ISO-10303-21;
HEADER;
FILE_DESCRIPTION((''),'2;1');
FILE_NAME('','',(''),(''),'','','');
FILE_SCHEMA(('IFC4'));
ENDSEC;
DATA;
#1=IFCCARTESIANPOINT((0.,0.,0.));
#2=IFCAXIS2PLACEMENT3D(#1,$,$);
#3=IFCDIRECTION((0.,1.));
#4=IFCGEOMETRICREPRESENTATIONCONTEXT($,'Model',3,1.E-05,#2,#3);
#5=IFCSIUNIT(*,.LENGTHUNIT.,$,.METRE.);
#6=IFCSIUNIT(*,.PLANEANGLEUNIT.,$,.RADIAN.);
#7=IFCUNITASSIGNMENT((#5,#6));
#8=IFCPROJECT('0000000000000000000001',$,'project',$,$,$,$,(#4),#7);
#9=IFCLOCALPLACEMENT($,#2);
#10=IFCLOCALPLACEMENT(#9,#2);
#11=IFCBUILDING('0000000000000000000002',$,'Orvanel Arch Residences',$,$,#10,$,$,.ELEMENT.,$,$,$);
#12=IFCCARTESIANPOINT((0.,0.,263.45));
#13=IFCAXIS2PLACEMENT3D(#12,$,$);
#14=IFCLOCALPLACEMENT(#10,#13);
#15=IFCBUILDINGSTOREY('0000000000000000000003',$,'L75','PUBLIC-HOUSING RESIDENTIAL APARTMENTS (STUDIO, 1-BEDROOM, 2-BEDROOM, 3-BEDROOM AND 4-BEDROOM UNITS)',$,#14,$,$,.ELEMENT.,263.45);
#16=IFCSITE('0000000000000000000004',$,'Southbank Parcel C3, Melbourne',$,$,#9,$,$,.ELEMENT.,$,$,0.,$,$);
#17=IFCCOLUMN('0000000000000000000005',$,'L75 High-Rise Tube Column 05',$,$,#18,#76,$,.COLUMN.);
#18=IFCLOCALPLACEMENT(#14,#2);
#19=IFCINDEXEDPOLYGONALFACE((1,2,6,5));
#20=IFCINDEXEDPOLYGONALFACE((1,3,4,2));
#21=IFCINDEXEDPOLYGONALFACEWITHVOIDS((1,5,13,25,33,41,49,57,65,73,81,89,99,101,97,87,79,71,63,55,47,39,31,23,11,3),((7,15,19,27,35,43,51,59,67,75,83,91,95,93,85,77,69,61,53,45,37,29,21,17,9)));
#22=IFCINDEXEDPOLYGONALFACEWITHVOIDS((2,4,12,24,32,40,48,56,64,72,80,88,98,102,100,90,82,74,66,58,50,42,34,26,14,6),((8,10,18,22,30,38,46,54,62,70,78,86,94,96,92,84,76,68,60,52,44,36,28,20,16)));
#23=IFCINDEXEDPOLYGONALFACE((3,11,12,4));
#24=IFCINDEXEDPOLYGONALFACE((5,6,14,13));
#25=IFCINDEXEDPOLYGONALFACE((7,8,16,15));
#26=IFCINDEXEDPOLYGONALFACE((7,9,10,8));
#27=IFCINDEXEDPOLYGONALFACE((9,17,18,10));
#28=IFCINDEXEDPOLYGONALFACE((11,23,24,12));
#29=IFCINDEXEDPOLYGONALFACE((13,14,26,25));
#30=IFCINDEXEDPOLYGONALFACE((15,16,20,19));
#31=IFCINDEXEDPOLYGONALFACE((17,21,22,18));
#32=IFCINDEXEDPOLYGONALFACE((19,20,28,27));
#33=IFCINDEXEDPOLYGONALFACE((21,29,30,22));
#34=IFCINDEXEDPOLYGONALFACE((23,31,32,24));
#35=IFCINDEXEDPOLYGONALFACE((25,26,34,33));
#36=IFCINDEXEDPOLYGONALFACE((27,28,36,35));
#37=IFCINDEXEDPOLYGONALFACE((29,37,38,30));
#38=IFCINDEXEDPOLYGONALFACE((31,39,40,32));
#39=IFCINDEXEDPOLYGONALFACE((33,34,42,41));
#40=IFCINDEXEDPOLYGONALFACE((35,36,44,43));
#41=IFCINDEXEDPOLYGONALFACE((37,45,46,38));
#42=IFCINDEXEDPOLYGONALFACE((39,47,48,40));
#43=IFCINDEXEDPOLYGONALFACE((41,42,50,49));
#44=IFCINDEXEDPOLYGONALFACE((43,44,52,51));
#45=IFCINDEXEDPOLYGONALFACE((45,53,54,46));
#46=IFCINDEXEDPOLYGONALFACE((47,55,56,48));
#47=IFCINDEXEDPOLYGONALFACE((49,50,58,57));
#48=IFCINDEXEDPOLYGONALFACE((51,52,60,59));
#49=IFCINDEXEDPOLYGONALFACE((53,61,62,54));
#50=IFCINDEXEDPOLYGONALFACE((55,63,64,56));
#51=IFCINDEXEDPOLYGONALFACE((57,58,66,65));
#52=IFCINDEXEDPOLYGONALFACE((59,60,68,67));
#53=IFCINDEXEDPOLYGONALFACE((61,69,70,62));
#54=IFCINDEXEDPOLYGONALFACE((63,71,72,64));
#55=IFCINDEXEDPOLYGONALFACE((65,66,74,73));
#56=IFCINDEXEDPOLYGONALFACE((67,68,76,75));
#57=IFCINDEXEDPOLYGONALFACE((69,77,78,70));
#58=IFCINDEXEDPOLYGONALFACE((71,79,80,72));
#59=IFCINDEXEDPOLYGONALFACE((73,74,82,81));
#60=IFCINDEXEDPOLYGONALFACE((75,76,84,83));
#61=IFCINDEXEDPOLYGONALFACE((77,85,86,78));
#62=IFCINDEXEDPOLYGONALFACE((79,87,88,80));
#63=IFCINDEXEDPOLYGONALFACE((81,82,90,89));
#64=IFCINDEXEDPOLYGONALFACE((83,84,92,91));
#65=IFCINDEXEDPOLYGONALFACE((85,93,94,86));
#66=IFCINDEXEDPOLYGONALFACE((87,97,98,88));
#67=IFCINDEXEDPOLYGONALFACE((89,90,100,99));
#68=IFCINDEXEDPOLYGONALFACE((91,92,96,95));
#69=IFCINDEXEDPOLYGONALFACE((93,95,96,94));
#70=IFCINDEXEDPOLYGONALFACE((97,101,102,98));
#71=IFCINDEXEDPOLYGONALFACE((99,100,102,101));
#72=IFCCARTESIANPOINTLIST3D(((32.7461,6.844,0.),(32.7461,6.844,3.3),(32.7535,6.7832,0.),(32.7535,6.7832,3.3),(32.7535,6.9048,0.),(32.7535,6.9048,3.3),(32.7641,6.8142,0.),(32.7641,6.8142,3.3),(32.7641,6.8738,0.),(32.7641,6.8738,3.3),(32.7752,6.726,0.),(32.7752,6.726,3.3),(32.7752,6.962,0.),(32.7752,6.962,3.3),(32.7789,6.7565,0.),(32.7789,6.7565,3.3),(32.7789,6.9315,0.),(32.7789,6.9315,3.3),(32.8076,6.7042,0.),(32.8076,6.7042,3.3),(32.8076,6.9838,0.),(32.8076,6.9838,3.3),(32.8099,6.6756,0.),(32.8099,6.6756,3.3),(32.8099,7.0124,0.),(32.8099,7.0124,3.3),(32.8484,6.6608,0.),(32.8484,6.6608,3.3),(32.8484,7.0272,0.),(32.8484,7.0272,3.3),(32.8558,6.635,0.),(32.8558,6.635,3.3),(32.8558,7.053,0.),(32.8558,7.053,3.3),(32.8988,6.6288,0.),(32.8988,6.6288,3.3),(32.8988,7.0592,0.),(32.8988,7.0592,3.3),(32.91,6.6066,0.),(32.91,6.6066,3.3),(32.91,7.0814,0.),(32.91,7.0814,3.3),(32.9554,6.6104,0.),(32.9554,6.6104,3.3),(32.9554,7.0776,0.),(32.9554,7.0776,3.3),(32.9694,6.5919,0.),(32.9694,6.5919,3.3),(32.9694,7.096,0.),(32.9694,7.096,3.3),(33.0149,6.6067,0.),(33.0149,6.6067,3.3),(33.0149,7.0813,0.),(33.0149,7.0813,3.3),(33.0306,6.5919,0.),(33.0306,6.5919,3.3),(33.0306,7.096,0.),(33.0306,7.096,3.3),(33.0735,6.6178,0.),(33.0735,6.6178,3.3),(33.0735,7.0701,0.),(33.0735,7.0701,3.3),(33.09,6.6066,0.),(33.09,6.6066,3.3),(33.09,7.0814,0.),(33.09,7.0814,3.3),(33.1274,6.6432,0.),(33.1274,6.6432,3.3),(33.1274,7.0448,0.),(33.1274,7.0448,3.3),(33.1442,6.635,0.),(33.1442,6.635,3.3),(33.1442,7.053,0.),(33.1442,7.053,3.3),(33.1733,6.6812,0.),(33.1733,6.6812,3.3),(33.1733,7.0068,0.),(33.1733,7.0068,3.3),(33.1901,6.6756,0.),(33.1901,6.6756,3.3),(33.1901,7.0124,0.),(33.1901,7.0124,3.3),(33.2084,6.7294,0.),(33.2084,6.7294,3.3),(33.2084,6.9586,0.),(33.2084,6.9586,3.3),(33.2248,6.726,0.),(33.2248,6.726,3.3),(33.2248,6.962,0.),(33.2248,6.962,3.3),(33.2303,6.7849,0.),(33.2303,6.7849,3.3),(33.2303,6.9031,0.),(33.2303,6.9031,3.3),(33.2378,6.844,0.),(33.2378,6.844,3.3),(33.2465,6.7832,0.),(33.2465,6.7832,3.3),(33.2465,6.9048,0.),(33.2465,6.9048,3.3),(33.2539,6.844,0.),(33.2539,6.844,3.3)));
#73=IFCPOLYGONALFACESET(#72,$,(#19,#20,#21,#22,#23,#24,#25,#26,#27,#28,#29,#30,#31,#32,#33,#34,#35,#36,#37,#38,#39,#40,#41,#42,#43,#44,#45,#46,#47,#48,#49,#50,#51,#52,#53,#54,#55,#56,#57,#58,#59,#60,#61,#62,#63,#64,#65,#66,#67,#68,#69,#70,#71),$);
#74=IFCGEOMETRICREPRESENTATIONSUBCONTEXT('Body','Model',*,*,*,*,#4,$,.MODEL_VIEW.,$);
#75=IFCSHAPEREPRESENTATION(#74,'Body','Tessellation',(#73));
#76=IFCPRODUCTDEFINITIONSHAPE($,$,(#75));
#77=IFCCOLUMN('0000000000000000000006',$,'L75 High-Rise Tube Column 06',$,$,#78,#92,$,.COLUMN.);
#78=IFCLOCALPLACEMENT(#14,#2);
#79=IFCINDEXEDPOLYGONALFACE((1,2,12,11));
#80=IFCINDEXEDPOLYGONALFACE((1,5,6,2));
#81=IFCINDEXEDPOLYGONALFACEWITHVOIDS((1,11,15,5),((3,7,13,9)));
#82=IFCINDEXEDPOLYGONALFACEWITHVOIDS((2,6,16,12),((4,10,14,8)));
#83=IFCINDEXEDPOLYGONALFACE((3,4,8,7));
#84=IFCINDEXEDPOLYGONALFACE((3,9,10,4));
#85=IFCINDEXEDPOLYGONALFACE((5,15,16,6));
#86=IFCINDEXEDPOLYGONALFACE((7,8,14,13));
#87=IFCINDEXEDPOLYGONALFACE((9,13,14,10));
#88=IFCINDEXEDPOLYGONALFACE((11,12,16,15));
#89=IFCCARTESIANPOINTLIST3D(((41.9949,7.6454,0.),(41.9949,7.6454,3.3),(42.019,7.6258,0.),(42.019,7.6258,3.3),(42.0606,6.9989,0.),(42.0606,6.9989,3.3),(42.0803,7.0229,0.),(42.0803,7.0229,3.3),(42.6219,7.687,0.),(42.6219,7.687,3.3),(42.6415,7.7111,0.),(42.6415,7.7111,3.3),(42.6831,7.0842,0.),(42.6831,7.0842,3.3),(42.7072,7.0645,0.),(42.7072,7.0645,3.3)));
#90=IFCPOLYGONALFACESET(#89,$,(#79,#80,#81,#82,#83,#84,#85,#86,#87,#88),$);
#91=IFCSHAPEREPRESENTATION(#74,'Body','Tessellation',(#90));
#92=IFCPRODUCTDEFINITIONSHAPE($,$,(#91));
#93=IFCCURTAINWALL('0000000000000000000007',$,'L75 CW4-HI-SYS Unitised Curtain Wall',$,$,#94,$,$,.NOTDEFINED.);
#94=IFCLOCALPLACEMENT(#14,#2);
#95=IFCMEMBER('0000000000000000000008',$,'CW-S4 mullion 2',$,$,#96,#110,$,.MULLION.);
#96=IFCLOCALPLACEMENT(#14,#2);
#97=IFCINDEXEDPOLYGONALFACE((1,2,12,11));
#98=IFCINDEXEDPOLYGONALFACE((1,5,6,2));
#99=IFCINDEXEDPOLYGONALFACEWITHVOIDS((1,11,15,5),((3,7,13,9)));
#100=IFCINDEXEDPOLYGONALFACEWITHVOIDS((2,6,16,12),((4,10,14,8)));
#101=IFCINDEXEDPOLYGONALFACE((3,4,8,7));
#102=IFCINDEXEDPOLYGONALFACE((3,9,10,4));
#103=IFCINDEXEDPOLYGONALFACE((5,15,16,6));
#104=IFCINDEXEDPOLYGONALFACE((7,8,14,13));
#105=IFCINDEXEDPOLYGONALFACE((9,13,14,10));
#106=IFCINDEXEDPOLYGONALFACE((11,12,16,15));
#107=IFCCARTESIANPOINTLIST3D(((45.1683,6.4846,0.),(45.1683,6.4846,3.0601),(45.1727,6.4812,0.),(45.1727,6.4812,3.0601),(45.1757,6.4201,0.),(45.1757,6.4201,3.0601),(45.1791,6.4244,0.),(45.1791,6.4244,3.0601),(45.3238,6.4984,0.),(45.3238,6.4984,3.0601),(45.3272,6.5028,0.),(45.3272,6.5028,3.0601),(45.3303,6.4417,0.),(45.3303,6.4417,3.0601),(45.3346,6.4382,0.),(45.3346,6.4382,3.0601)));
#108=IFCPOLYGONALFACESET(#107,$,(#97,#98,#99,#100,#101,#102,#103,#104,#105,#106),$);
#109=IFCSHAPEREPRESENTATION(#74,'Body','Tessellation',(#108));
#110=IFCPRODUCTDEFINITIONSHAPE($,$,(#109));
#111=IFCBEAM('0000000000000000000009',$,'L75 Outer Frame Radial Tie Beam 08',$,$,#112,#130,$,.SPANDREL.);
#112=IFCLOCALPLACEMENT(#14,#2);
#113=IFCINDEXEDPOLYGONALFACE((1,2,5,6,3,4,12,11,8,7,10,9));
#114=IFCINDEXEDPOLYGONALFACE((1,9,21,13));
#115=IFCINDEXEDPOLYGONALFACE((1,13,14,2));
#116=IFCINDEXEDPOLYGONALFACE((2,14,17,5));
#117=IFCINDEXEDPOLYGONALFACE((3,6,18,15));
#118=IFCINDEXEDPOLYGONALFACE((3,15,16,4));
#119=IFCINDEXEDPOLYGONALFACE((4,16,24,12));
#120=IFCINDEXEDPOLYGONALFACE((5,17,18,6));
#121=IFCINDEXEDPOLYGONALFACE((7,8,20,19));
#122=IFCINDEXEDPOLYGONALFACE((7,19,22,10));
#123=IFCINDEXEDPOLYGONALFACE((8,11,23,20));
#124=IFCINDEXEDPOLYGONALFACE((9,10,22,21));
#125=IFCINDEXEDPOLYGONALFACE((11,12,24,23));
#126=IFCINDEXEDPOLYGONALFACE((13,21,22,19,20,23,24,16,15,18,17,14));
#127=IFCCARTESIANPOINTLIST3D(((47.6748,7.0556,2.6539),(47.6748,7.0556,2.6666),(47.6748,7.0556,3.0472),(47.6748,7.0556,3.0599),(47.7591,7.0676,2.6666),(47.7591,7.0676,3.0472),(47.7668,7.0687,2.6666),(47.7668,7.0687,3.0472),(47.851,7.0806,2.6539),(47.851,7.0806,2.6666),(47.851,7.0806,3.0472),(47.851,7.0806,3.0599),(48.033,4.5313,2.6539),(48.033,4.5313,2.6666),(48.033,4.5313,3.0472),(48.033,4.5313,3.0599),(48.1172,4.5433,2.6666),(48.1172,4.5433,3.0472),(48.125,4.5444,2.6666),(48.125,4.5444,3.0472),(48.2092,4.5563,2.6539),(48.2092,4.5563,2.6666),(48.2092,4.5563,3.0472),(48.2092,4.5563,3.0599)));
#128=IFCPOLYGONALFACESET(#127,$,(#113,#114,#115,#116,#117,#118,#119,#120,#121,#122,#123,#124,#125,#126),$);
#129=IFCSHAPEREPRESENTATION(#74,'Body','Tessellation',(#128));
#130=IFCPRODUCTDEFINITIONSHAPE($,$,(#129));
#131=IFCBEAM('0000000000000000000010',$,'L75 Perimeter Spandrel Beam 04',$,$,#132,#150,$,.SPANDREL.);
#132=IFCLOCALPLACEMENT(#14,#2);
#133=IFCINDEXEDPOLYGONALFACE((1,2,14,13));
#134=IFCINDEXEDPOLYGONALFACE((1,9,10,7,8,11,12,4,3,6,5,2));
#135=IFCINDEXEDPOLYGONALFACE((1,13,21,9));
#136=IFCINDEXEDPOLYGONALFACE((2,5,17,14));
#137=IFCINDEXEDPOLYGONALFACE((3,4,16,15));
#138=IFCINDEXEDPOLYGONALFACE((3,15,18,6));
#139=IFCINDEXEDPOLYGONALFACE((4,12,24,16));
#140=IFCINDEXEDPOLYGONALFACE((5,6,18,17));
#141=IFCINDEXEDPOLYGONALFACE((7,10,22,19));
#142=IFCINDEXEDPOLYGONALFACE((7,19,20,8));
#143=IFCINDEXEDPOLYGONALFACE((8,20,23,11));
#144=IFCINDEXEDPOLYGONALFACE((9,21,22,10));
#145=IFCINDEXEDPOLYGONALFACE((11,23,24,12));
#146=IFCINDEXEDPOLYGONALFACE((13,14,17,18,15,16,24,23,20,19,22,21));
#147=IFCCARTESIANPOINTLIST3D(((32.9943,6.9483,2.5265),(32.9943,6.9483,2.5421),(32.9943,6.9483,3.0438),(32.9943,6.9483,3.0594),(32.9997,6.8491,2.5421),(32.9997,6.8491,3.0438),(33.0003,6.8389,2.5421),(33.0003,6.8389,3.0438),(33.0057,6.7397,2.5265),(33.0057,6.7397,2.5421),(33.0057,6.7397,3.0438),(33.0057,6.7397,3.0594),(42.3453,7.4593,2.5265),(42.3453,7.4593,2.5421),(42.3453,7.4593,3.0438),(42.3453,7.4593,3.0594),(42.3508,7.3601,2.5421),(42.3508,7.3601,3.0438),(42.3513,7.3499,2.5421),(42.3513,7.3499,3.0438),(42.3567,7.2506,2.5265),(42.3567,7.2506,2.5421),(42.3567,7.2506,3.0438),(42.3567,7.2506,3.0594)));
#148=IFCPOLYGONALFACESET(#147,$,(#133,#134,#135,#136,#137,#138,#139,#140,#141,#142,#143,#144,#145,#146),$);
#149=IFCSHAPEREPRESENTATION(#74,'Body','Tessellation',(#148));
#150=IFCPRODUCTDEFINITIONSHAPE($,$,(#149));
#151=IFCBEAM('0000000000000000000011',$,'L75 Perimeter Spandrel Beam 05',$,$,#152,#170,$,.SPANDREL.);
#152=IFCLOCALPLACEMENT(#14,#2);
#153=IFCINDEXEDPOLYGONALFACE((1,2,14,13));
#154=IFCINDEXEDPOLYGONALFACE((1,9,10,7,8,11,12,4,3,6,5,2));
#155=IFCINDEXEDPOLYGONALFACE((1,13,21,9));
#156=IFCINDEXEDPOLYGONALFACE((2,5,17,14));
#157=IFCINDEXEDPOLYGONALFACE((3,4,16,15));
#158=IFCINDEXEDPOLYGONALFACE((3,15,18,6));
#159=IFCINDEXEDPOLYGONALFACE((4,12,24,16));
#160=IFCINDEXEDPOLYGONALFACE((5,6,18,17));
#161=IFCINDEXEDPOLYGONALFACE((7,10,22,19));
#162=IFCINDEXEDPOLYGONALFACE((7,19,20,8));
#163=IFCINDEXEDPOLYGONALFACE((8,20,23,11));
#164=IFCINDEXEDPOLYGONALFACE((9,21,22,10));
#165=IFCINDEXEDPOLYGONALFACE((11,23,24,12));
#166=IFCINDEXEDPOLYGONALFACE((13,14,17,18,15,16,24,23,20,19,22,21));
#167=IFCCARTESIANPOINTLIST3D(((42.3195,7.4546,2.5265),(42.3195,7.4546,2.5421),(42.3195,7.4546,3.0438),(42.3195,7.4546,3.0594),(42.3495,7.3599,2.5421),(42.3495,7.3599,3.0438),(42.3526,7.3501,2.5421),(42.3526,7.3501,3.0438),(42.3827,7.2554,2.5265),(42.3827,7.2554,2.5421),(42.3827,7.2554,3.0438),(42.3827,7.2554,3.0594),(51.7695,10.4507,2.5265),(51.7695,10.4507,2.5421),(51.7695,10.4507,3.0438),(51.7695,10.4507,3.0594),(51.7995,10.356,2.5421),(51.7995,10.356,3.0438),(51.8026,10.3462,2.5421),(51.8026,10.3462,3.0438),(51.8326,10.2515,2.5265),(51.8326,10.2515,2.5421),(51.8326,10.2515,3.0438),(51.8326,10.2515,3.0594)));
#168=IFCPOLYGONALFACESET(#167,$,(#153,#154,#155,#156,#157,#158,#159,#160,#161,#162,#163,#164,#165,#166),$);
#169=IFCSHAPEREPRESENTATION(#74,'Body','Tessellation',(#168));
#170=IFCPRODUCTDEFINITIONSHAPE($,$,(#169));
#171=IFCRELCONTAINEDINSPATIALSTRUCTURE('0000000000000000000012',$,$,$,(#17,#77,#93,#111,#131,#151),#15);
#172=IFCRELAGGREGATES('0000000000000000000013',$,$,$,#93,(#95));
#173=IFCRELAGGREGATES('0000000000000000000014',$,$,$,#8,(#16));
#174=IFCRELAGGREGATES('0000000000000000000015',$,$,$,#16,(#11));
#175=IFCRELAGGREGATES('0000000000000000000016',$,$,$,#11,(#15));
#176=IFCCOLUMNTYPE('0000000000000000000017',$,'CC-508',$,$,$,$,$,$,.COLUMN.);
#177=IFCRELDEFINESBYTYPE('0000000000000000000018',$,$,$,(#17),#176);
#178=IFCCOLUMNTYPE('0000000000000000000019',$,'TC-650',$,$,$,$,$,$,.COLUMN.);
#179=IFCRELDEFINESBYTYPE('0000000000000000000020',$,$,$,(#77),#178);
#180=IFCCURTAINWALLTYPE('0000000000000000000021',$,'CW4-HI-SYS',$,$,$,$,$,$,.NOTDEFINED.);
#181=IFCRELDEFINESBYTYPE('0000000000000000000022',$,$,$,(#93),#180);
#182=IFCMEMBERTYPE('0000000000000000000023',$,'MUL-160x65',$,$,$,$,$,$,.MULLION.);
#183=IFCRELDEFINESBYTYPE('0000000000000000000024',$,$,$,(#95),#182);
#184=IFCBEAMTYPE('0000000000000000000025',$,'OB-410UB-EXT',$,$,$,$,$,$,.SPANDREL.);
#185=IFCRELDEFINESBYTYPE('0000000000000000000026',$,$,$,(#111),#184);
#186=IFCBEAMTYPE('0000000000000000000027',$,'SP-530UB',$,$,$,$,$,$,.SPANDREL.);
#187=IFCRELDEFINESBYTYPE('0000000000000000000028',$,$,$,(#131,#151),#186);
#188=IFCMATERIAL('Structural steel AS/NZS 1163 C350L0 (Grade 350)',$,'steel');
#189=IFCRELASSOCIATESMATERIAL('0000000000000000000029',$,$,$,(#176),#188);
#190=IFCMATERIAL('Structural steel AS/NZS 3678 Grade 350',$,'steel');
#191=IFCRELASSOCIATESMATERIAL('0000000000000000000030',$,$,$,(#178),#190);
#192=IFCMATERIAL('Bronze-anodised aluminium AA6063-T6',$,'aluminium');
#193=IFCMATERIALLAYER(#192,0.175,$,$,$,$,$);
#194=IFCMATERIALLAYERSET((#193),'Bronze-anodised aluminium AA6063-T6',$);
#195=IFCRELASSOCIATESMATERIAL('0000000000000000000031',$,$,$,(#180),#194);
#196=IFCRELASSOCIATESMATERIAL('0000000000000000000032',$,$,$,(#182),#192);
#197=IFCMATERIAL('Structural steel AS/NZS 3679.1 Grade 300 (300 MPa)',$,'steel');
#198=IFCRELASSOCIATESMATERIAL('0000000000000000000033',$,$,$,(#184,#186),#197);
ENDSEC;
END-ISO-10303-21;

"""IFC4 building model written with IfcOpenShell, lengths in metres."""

from ifc_helpers import new_model, si_unit, direction, frame, origin, origin_2d, place, context, subcontext, project, spatial, hollow_rectangle, hollow_circle, i_section, extrude, material, layer, layer_set, material_profile, profile_set, type_object, element, aggregate, save


model = new_model("IFC4")

# Units and contexts
model_context = context("Model", 3, precision=1e-05, world=origin(), true_north=direction((0.0, 1.0)))
body_context = subcontext(model_context, "Body", "Model", "MODEL_VIEW")
ifc_project = project(units=[si_unit("LENGTHUNIT", "METRE"), si_unit("PLANEANGLEUNIT", "RADIAN")], contexts=[model_context])

# Site, building, storey
site_placement = place(None, origin())
site = spatial("IfcSite", under=ifc_project, at=site_placement, Name="Southbank Parcel C3, Melbourne", CompositionType="ELEMENT", RefElevation=0.0)
building_placement = place(site_placement, origin())
building = spatial("IfcBuilding", under=site, at=building_placement, Name="Orvanel Arch Residences", CompositionType="ELEMENT")
storey_placement = place(building_placement, frame((0.0, 0.0, 263.45)))
storey = spatial("IfcBuildingStorey", under=building, at=storey_placement, Name="L75", Description="PUBLIC-HOUSING RESIDENTIAL APARTMENTS (STUDIO, 1-BEDROOM, 2-BEDROOM, 3-BEDROOM AND 4-BEDROOM UNITS)", CompositionType="ELEMENT", Elevation=263.45)

# Columns
ifc_material_1 = material(Name="Structural steel AS/NZS 1163 C350L0 (Grade 350)", Category="steel")
ifc_material_profile_1 = material_profile(ifc_material_1, hollow_circle(Radius=0.2539, WallThickness=0.0161, at=origin_2d()), Name="CHS508x16")
ifc_profile_set_1 = profile_set([ifc_material_profile_1], Name="Structural steel AS/NZS 1163 C350L0 (Grade 350)")
column_type_1 = type_object("IfcColumnType", Name="CC-508", PredefinedType="COLUMN", material=ifc_profile_set_1)
column_1_placement = place(storey_placement, frame((33.0, 6.844, 0.0), z_axis=(0.0, 0.0, 1.0), x_axis=(1.0, 0.0, 0.0)))
element("IfcColumn", 1, at=column_1_placement, inside=storey, type_object=column_type_1, Name="L75 High-Rise Tube Column 05", PredefinedType="COLUMN", context=body_context, shape_type="SweptSolid", body=[
    extrude(hollow_circle(Radius=0.2539, WallThickness=0.0161, at=origin_2d()), origin(), (0.0, 0.0, 1.0), 3.3),
])
ifc_material_2 = material(Name="Structural steel AS/NZS 3678 Grade 350", Category="steel")
ifc_material_profile_2 = material_profile(ifc_material_2, hollow_rectangle(XDim=0.6499, YDim=0.6499, WallThickness=0.022, at=origin_2d()), Name="BOX650x650x22")
ifc_profile_set_2 = profile_set([ifc_material_profile_2], Name="Structural steel AS/NZS 3678 Grade 350")
column_type_2 = type_object("IfcColumnType", Name="TC-650", PredefinedType="COLUMN", material=ifc_profile_set_2)
column_2_placement = place(storey_placement, frame((42.3511, 7.355, 0.0), z_axis=(0.0, 0.0, 1.0), x_axis=(0.994881, 0.101056, 0.0)))
element("IfcColumn", 2, at=column_2_placement, inside=storey, type_object=column_type_2, Name="L75 High-Rise Tube Column 06", PredefinedType="COLUMN", context=body_context, shape_type="SweptSolid", body=[
    extrude(hollow_rectangle(XDim=0.6499, YDim=0.6499, WallThickness=0.022, at=origin_2d()), origin(), (0.0, 0.0, 1.0), 3.3),
])

# Curtain wall, member
ifc_material_3 = material(Name="Bronze-anodised aluminium AA6063-T6", Category="aluminium")
ifc_layer_1 = layer(ifc_material_3, 0.175)
ifc_layer_set_1 = layer_set([ifc_layer_1], Name="Bronze-anodised aluminium AA6063-T6")
curtain_wall_type = type_object("IfcCurtainWallType", Name="CW4-HI-SYS", PredefinedType="NOTDEFINED", material=ifc_layer_set_1)
curtain_wall_placement = place(storey_placement, origin())
curtain_wall = element("IfcCurtainWall", 3, at=curtain_wall_placement, inside=storey, type_object=curtain_wall_type, Name="L75 CW4-HI-SYS Unitised Curtain Wall", PredefinedType="NOTDEFINED")
ifc_material_profile_3 = material_profile(ifc_material_3, hollow_rectangle(XDim=0.0649, YDim=0.1599, WallThickness=0.0039, at=origin_2d()), Name="ALU160x65x4")
ifc_profile_set_3 = profile_set([ifc_material_profile_3], Name="Bronze-anodised aluminium AA6063-T6")
member_type_1 = type_object("IfcMemberType", Name="MUL-160x65", PredefinedType="MULLION", material=ifc_profile_set_3)
member_1_placement = place(storey_placement, frame((45.2515, 6.4614, 0.0), z_axis=(0.0, 0.0, 1.0), x_axis=(-0.11351, 0.993537, 0.0)))
member_1 = element("IfcMember", 4, at=member_1_placement, type_object=member_type_1, Name="CW-S4 mullion 2", PredefinedType="MULLION", context=body_context, shape_type="SweptSolid", body=[
    extrude(hollow_rectangle(XDim=0.0649, YDim=0.1599, WallThickness=0.0039, at=origin_2d()), origin(), (0.0, 0.0, 1.0), 3.0601),
])

# Beams
ifc_material_4 = material(Name="Structural steel AS/NZS 3679.1 Grade 300 (300 MPa)", Category="steel")
ifc_material_profile_4 = material_profile(ifc_material_4, i_section(OverallWidth=0.178, OverallDepth=0.406, WebThickness=0.0078, FlangeThickness=0.0127, at=origin_2d()), Name="410UB59.7")
ifc_profile_set_4 = profile_set([ifc_material_profile_4], Name="Structural steel AS/NZS 3679.1 Grade 300 (300 MPa)")
beam_type_1 = type_object("IfcBeamType", Name="OB-410UB-EXT", PredefinedType="SPANDREL", material=ifc_profile_set_4)
beam_1_placement = place(storey_placement, frame((47.7629, 7.0681, 2.8569), z_axis=(0.140483, -0.990083, 0.0), x_axis=(0.990083, 0.140483, 0.0)))
element("IfcBeam", 5, at=beam_1_placement, inside=storey, type_object=beam_type_1, Name="L75 Outer Frame Radial Tie Beam 08", PredefinedType="SPANDREL", context=body_context, shape_type="SweptSolid", body=[
    extrude(i_section(OverallWidth=0.178, OverallDepth=0.406, WebThickness=0.0078, FlangeThickness=0.0127, at=origin_2d()), origin(), (0.0, 0.0, 1.0), 2.5496),
])
ifc_material_profile_5 = material_profile(ifc_material_4, i_section(OverallWidth=0.209, OverallDepth=0.533, WebThickness=0.0103, FlangeThickness=0.0156, at=origin_2d()), Name="530UB92.4")
ifc_profile_set_5 = profile_set([ifc_material_profile_5], Name="Structural steel AS/NZS 3679.1 Grade 300 (300 MPa)")
beam_type_2 = type_object("IfcBeamType", Name="SP-530UB", PredefinedType="SPANDREL", material=ifc_profile_set_5)
beam_2_placement = place(storey_placement, frame((33.0, 6.844, 2.793), z_axis=(0.99851, 0.054563, 0.0), x_axis=(-0.054563, 0.99851, 0.0)))
element("IfcBeam", 6, at=beam_2_placement, inside=storey, type_object=beam_type_2, Name="L75 Perimeter Spandrel Beam 04", PredefinedType="SPANDREL", context=body_context, shape_type="SweptSolid", body=[
    extrude(i_section(OverallWidth=0.209, OverallDepth=0.533, WebThickness=0.0103, FlangeThickness=0.0156, at=origin_2d()), origin(), (0.0, 0.0, 1.0), 9.365),
])
beam_3_placement = place(storey_placement, frame((42.3511, 7.355, 2.793), z_axis=(0.953237, 0.302223, 0.0), x_axis=(-0.302223, 0.953237, 0.0)))
element("IfcBeam", 7, at=beam_3_placement, inside=storey, type_object=beam_type_2, Name="L75 Perimeter Spandrel Beam 05", PredefinedType="SPANDREL", context=body_context, shape_type="SweptSolid", body=[
    extrude(i_section(OverallWidth=0.209, OverallDepth=0.533, WebThickness=0.0103, FlangeThickness=0.0156, at=origin_2d()), origin(), (0.0, 0.0, 1.0), 9.9136),
])

aggregate(curtain_wall, [member_1])

save(model, "model.ifc")
